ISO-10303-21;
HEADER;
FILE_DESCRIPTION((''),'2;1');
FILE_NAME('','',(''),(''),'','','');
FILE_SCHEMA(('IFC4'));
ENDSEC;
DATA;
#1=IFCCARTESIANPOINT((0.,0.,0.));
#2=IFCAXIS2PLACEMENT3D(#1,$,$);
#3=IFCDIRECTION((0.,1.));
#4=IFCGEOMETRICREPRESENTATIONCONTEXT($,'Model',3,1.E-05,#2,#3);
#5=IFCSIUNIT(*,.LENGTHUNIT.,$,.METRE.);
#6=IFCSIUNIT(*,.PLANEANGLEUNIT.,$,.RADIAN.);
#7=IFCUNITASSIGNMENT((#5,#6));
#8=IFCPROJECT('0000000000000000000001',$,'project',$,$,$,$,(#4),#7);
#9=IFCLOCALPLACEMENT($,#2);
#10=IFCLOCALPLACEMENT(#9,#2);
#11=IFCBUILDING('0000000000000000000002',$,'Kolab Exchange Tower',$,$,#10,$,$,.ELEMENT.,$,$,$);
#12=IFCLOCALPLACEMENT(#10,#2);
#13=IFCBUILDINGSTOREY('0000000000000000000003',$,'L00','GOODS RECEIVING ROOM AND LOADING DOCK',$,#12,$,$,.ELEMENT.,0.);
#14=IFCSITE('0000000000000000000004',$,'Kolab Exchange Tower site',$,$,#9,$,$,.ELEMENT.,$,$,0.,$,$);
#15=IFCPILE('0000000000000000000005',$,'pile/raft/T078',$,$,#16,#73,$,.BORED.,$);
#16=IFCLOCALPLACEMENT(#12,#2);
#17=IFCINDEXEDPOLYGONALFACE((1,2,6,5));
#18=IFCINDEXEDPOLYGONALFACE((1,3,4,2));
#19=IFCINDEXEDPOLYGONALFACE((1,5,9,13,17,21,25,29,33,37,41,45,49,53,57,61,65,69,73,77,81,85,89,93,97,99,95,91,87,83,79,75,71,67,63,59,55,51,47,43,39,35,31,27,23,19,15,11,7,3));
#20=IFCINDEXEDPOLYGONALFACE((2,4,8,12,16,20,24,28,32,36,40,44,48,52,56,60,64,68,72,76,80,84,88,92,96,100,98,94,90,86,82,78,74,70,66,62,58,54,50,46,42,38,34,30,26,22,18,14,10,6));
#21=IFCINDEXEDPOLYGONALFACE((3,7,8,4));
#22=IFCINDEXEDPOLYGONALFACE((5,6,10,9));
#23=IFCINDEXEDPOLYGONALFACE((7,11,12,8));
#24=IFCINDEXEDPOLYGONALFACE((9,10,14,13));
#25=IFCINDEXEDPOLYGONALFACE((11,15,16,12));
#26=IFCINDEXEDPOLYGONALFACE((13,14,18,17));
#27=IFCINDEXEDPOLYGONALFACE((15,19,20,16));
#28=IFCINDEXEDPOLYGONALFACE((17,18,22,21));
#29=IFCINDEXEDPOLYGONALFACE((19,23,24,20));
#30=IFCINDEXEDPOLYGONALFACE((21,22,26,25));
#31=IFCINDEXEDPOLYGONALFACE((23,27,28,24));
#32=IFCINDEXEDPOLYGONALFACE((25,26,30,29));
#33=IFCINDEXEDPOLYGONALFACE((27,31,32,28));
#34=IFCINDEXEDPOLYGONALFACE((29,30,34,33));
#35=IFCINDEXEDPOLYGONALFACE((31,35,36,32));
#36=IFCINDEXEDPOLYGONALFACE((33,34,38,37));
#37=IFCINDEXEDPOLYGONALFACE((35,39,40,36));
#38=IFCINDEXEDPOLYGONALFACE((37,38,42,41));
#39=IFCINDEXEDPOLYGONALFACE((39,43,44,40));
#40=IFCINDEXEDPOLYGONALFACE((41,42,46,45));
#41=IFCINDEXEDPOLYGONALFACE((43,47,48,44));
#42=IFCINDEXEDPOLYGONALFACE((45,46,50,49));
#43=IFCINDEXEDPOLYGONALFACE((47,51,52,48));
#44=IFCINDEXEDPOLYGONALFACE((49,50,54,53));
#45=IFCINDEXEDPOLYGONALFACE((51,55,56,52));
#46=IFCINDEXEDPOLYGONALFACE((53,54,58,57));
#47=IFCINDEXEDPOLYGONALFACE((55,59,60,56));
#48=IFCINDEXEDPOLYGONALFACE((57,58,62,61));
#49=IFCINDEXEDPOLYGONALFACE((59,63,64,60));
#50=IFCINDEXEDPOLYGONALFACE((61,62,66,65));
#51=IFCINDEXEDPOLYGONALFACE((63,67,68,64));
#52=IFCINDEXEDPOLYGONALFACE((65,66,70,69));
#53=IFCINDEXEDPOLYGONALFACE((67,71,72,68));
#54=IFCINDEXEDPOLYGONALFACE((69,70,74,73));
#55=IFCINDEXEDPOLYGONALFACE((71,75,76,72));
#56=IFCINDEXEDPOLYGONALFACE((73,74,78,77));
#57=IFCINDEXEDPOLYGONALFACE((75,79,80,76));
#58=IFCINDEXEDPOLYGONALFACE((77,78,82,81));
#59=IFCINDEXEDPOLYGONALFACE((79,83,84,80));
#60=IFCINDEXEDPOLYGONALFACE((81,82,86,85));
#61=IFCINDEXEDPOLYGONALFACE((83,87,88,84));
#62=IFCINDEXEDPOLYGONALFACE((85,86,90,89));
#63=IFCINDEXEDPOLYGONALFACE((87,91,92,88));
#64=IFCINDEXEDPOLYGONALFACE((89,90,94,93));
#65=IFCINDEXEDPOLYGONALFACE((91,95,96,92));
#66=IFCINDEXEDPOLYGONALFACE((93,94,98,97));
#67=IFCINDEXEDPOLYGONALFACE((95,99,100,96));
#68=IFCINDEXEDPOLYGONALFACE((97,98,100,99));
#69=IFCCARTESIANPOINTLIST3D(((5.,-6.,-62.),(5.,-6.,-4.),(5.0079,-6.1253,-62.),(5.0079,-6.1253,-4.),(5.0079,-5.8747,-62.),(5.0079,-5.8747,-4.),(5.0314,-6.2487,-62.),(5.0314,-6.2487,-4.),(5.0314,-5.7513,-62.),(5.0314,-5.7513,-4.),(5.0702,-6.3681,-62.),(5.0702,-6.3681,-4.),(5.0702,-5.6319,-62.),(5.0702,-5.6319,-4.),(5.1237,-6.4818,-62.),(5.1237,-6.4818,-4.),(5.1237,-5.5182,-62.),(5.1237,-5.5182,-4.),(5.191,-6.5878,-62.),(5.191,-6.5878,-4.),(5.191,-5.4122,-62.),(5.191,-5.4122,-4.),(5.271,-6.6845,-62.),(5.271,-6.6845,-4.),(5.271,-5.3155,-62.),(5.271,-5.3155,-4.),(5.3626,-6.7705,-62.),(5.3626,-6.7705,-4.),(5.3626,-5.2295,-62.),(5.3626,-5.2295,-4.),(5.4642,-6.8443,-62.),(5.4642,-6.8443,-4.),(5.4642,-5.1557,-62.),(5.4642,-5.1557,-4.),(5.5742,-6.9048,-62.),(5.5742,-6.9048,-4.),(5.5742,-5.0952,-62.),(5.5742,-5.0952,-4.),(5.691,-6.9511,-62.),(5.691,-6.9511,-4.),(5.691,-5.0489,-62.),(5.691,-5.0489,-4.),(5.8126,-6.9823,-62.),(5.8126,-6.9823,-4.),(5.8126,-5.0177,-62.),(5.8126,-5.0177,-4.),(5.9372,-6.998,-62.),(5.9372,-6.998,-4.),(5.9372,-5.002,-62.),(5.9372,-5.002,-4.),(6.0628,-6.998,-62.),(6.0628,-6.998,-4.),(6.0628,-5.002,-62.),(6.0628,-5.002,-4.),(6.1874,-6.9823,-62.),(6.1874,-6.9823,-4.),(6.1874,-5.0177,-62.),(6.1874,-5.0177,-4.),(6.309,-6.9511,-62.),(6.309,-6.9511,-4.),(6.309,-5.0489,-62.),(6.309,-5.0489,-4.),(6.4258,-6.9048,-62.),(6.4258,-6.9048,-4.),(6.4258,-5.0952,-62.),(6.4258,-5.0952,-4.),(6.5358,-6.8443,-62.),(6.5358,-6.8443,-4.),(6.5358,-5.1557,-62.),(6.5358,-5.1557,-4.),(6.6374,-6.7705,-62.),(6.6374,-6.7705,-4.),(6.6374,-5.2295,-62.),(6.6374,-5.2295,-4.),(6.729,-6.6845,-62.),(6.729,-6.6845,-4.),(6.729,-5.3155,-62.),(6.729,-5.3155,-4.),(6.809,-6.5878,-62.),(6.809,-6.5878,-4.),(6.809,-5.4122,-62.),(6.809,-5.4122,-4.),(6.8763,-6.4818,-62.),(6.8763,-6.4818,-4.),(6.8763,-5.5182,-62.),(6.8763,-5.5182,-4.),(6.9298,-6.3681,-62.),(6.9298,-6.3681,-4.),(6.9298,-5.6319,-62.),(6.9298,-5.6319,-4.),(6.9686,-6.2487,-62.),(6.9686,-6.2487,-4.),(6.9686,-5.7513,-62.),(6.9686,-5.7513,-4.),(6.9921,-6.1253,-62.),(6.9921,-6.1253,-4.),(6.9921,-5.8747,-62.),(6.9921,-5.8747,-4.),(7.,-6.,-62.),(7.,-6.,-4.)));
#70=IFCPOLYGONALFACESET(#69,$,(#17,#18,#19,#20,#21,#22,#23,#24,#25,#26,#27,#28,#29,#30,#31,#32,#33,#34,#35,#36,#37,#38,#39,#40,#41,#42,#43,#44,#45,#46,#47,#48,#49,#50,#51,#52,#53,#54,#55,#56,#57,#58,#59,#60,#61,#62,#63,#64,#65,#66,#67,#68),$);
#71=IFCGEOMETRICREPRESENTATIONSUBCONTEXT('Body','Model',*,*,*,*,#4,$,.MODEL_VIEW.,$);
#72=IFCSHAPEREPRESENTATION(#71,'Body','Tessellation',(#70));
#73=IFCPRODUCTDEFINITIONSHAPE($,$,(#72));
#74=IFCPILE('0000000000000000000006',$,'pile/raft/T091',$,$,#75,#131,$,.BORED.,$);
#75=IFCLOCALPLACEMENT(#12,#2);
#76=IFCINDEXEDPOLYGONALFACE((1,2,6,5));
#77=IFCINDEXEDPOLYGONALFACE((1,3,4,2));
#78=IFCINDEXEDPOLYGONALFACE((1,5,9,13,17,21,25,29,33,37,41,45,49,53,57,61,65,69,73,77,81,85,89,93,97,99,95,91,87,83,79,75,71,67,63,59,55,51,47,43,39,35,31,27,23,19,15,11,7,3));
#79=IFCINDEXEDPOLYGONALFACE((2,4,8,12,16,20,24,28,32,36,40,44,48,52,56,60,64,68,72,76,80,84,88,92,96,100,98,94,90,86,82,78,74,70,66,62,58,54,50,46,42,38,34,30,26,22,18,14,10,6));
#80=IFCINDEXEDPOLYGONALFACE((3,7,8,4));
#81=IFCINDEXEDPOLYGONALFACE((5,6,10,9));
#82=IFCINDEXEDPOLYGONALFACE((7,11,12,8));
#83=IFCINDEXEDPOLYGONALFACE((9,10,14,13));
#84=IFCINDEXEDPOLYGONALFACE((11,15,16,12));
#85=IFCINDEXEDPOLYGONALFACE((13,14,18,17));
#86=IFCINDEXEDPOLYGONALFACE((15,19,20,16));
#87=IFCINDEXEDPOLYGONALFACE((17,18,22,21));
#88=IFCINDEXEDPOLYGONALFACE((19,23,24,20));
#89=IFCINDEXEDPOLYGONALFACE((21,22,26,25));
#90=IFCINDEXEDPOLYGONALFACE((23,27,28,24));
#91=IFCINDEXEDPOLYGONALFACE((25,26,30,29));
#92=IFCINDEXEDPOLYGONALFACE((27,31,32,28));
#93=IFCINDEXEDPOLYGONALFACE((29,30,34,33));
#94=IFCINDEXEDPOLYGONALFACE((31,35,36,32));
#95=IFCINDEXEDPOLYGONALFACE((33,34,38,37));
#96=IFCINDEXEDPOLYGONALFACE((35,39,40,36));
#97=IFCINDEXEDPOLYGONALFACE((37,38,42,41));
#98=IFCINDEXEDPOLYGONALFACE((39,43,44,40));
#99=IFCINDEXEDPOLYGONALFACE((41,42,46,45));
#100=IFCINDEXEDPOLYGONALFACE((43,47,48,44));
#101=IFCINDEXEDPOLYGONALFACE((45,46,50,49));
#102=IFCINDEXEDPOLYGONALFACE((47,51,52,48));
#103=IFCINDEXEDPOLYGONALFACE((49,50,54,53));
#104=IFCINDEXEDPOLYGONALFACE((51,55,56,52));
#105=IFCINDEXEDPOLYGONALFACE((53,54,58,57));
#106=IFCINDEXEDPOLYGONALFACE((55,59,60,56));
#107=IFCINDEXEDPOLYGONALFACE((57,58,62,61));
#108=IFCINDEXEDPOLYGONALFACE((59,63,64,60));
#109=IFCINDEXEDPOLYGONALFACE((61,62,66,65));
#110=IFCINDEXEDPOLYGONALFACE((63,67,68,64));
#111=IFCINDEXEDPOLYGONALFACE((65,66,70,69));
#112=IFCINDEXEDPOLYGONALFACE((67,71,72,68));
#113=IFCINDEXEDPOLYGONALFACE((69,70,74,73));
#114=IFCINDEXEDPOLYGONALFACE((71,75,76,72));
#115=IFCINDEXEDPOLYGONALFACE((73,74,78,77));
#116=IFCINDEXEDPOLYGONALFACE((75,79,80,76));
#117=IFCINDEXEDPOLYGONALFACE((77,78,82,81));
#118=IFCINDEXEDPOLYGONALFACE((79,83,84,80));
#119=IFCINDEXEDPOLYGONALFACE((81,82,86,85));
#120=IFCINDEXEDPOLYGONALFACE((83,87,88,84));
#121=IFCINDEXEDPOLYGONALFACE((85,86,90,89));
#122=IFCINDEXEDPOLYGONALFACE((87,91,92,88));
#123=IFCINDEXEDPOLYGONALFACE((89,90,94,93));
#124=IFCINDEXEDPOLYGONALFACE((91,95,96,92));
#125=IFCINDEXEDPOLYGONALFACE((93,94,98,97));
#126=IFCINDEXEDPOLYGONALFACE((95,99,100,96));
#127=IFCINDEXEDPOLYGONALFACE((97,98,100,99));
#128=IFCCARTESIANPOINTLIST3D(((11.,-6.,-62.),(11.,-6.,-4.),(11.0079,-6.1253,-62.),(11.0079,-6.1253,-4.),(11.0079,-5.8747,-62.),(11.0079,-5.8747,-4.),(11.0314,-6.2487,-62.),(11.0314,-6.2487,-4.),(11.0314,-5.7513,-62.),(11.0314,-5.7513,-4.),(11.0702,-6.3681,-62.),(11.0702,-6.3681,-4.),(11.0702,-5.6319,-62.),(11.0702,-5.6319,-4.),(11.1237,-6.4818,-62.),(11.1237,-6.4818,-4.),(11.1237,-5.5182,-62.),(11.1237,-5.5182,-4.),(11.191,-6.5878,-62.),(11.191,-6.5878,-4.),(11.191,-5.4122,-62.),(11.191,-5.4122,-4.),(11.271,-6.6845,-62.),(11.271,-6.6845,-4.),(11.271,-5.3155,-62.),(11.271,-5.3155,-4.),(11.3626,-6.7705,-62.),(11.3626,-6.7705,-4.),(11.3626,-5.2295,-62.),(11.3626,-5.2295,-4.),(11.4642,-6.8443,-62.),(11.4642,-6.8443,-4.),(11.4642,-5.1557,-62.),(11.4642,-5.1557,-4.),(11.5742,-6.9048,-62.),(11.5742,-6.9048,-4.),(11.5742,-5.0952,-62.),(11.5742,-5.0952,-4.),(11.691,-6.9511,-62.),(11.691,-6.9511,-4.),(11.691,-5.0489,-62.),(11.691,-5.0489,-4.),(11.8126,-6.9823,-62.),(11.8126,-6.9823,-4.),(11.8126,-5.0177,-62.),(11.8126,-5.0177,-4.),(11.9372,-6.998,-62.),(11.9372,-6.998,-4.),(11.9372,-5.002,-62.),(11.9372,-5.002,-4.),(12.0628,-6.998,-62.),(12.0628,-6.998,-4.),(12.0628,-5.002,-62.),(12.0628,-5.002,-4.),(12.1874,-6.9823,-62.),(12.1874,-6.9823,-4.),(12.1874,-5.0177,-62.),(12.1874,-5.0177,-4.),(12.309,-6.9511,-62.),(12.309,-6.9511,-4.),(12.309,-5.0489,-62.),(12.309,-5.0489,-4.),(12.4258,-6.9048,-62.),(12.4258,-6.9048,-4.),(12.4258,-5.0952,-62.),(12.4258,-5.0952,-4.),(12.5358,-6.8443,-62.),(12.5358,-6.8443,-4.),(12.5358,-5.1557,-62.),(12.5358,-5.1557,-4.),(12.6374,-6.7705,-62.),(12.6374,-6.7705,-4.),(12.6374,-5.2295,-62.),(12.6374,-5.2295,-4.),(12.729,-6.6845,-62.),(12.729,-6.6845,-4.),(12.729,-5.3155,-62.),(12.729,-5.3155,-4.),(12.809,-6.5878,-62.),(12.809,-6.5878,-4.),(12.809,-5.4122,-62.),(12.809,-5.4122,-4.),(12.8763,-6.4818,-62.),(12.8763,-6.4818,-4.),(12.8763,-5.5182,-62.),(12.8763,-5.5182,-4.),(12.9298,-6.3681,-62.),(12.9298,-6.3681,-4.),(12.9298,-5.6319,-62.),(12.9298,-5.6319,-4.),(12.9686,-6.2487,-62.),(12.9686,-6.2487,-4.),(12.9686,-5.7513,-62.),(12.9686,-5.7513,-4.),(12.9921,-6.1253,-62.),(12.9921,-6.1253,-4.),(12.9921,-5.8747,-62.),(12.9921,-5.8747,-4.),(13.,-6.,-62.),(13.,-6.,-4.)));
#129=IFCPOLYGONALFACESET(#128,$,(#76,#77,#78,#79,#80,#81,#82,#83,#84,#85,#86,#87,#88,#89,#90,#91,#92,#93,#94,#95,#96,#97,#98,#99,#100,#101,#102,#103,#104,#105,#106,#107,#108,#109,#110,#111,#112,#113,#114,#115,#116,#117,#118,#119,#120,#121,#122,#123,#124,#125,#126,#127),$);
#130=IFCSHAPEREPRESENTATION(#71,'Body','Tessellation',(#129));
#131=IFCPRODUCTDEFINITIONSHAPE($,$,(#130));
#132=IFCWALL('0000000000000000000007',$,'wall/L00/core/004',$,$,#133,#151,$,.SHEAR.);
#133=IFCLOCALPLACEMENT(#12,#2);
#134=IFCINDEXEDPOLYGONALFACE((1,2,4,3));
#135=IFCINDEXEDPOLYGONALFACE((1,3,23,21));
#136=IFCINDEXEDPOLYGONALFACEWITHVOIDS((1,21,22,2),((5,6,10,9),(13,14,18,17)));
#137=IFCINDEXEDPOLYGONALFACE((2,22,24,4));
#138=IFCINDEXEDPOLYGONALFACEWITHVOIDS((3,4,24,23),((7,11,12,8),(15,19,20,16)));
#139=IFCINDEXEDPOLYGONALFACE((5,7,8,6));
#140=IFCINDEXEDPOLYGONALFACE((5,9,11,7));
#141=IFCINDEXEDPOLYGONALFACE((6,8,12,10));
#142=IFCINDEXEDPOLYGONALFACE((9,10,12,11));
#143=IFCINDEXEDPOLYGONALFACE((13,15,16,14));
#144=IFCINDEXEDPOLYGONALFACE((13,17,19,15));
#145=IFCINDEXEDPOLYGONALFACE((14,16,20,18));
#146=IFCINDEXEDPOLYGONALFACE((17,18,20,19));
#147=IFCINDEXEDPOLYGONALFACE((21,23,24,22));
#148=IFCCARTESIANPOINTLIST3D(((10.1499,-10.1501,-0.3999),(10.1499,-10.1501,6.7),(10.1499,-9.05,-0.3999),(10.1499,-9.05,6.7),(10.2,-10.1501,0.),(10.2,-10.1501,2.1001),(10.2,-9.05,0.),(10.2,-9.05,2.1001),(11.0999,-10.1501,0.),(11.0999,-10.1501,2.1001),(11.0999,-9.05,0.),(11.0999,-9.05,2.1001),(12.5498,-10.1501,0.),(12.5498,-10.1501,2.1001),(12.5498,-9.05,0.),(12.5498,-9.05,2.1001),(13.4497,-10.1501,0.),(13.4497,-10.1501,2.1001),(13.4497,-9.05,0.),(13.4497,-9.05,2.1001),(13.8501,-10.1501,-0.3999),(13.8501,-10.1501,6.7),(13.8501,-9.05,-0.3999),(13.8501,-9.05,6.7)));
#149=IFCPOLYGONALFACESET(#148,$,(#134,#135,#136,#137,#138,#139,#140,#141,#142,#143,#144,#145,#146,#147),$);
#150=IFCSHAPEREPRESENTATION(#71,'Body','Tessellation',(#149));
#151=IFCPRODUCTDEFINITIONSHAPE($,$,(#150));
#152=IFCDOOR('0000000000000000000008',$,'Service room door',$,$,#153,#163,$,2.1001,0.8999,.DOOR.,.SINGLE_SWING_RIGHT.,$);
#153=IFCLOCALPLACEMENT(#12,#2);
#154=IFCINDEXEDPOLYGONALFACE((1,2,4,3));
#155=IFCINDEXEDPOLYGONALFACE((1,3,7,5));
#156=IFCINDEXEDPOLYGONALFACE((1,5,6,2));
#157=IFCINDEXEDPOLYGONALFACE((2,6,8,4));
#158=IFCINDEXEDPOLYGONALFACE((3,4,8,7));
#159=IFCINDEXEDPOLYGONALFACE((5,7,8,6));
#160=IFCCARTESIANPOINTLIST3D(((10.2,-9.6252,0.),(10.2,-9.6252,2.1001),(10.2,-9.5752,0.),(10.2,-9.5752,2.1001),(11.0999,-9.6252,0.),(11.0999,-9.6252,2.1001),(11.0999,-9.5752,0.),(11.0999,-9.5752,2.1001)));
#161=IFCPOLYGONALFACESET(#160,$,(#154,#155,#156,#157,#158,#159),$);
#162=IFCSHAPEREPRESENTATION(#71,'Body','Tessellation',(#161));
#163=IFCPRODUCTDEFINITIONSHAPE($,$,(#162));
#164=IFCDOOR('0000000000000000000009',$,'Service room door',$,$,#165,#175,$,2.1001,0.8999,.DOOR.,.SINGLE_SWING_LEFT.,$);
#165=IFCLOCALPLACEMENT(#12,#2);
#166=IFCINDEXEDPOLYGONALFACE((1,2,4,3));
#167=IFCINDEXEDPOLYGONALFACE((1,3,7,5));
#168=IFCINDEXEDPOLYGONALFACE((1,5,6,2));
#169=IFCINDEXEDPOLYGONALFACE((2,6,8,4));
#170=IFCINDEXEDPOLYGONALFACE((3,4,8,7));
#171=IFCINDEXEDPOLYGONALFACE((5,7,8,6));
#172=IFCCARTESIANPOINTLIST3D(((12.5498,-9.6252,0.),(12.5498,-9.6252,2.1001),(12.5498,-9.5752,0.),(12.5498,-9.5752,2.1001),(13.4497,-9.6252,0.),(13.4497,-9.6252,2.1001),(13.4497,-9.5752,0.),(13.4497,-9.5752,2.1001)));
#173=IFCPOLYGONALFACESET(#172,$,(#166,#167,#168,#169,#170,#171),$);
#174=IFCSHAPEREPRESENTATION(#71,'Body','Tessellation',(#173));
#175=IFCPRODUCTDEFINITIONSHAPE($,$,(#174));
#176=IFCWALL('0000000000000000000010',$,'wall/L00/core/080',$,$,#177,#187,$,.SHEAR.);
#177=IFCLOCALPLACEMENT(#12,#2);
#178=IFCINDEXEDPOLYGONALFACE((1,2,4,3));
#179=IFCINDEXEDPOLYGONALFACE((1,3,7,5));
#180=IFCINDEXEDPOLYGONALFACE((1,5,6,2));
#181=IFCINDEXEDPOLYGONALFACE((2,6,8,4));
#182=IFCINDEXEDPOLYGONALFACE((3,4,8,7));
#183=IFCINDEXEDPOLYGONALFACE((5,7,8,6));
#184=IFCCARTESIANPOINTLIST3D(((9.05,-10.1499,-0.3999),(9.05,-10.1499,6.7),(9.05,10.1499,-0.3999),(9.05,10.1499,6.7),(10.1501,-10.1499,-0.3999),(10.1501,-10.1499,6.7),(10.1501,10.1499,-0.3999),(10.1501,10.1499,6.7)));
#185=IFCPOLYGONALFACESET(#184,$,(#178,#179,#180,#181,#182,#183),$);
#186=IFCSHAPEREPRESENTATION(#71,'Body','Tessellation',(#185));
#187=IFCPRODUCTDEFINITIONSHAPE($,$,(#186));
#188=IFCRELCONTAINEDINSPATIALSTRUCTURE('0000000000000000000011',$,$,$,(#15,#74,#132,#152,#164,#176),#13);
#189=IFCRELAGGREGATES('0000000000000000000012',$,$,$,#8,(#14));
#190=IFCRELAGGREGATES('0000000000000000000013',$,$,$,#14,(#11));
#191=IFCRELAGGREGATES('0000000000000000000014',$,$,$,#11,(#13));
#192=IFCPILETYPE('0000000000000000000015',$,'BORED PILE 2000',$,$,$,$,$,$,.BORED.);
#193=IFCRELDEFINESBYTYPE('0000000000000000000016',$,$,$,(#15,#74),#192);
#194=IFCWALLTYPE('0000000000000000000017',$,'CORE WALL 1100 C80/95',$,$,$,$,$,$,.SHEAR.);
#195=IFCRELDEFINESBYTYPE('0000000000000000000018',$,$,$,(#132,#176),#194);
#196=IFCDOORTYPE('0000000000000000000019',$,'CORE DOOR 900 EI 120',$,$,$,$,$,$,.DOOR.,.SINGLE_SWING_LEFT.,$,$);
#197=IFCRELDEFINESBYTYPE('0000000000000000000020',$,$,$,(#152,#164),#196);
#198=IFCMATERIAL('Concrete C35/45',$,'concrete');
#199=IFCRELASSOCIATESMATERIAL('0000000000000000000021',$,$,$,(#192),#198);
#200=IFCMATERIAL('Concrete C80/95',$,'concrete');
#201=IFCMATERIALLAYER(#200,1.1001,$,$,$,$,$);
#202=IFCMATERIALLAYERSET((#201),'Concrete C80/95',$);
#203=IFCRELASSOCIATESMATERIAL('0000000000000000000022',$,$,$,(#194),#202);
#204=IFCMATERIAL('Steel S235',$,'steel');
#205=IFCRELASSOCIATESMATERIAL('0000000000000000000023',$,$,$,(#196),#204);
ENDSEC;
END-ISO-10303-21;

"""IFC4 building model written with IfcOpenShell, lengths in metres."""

from ifc_helpers import new_model, si_unit, direction, frame, frame_2d, origin, origin_2d, place, context, subcontext, project, spatial, rectangle, circle, extrude, material, layer, layer_set, material_profile, profile_set, type_object, element, fill, save


model = new_model("IFC4")

# Units and contexts
model_context = context("Model", 3, precision=1e-05, world=origin(), true_north=direction((0.0, 1.0)))
body_context = subcontext(model_context, "Body", "Model", "MODEL_VIEW")
ifc_project = project(units=[si_unit("LENGTHUNIT", "METRE"), si_unit("PLANEANGLEUNIT", "RADIAN")], contexts=[model_context])

# Site, building, storey
site_placement = place(None, origin())
site = spatial("IfcSite", under=ifc_project, at=site_placement, Name="Kolab Exchange Tower site", CompositionType="ELEMENT", RefElevation=0.0)
building_placement = place(site_placement, origin())
building = spatial("IfcBuilding", under=site, at=building_placement, Name="Kolab Exchange Tower", CompositionType="ELEMENT")
storey_placement = place(building_placement, origin())
storey = spatial("IfcBuildingStorey", under=building, at=storey_placement, Name="L00", Description="GOODS RECEIVING ROOM AND LOADING DOCK", CompositionType="ELEMENT", Elevation=0.0)

# Piles
ifc_material_1 = material(Name="Concrete C35/45", Category="concrete")
ifc_material_profile = material_profile(ifc_material_1, circle(Radius=1.0, at=origin_2d()), Name="BP2000")
ifc_profile_set = profile_set([ifc_material_profile], Name="Concrete C35/45")
pile_type = type_object("IfcPileType", Name="BORED PILE 2000", PredefinedType="BORED", material=ifc_profile_set)
for number, where, z_axis, x_axis, name in (
    (1, (6.0, -6.0, -4.0), (0.0, 0.0, -1.0), (1.0, 0.0, 0.0), "pile/raft/T078"),
    (2, (12.0, -6.0, -4.0), (0.0, 0.0, -1.0), (1.0, 0.0, 0.0), "pile/raft/T091"),
):
    element("IfcPile", number, at=place(storey_placement, frame(where, z_axis=z_axis, x_axis=x_axis)), inside=storey, type_object=pile_type, Name=name, PredefinedType="BORED", context=body_context, shape_type="SweptSolid", body=[
        extrude(circle(Radius=1.0, at=origin_2d()), origin(), (0.0, 0.0, 1.0), 58.0),
    ])

# Wall, openings, doors
ifc_material_2 = material(Name="Concrete C80/95", Category="concrete")
ifc_layer_1 = layer(ifc_material_2, 1.1001)
ifc_layer_set_1 = layer_set([ifc_layer_1], Name="Concrete C80/95")
wall_type_1 = type_object("IfcWallType", Name="CORE WALL 1100 C80/95", PredefinedType="SHEAR", material=ifc_layer_set_1)
wall_1_placement = place(storey_placement, frame((10.1499, -9.6001, -0.3999), z_axis=(0.0, 0.0, 1.0), x_axis=(1.0, 0.0, 0.0)))
wall_1 = element("IfcWall", 3, at=wall_1_placement, inside=storey, type_object=wall_type_1, Name="wall/L00/core/004", PredefinedType="SHEAR", context=body_context, shape_type="SweptSolid", body=[
    extrude(rectangle(XDim=3.7002, YDim=1.1001, at=frame_2d((1.8501, 0.0))), origin(), (0.0, 0.0, 1.0), 7.0999),
])
opening_1_placement = place(wall_1_placement, frame((0.05, 0.0, 0.3999)))
opening_1 = element("IfcOpeningElement", 4, at=opening_1_placement, cuts=wall_1, PredefinedType="OPENING", context=body_context, shape_type="SweptSolid", body=[
    extrude(rectangle(XDim=0.8999, YDim=2.1001, at=frame_2d((0.45, 1.05))), frame((0.0, 0.5601, 0.0), z_axis=(0.0, -1.0, 0.0), x_axis=(1.0, 0.0, 0.0)), (0.0, 0.0, 1.0), 1.1201),
])
opening_2_placement = place(wall_1_placement, frame((2.3999, 0.0, 0.3999)))
opening_2 = element("IfcOpeningElement", 5, at=opening_2_placement, cuts=wall_1, PredefinedType="OPENING", context=body_context, shape_type="SweptSolid", body=[
    extrude(rectangle(XDim=0.8999, YDim=2.1001, at=frame_2d((0.45, 1.05))), frame((0.0, 0.5601, 0.0), z_axis=(0.0, -1.0, 0.0), x_axis=(1.0, 0.0, 0.0)), (0.0, 0.0, 1.0), 1.1201),
])
ifc_material_3 = material(Name="Steel S235", Category="steel")
door_type_1 = type_object("IfcDoorType", Name="CORE DOOR 900 EI 120", OperationType="SINGLE_SWING_LEFT", PredefinedType="DOOR", material=ifc_material_3)
door_1_placement = place(opening_1_placement, origin())
door_1 = element("IfcDoor", 6, at=door_1_placement, inside=storey, type_object=door_type_1, Name="Service room door", OperationType="SINGLE_SWING_RIGHT", OverallHeight=2.1001, OverallWidth=0.8999, PredefinedType="DOOR", context=body_context, shape_type="SweptSolid", body=[
    extrude(rectangle(XDim=0.8999, YDim=2.1001, at=frame_2d((0.45, 1.05))), frame((0.0, 0.0249, 0.0), z_axis=(0.0, -1.0, 0.0), x_axis=(1.0, 0.0, 0.0)), (0.0, 0.0, 1.0), 0.05),
])
fill(opening_1, door_1)
door_2_placement = place(opening_2_placement, origin())
door_2 = element("IfcDoor", 7, at=door_2_placement, inside=storey, type_object=door_type_1, Name="Service room door", OperationType="SINGLE_SWING_LEFT", OverallHeight=2.1001, OverallWidth=0.8999, PredefinedType="DOOR", context=body_context, shape_type="SweptSolid", body=[
    extrude(rectangle(XDim=0.8999, YDim=2.1001, at=frame_2d((0.45, 1.05))), frame((0.0, 0.0249, 0.0), z_axis=(0.0, -1.0, 0.0), x_axis=(1.0, 0.0, 0.0)), (0.0, 0.0, 1.0), 0.05),
])
fill(opening_2, door_2)

# Wall
wall_2_placement = place(storey_placement, frame((9.6001, -10.1499, -0.3999), z_axis=(0.0, 0.0, 1.0), x_axis=(0.0, 1.0, 0.0)))
element("IfcWall", 8, at=wall_2_placement, inside=storey, type_object=wall_type_1, Name="wall/L00/core/080", PredefinedType="SHEAR", context=body_context, shape_type="SweptSolid", body=[
    extrude(rectangle(XDim=20.2998, YDim=1.1001, at=frame_2d((10.1499, 0.0))), origin(), (0.0, 0.0, 1.0), 7.0999),
])

save(model, "model.ifc")
